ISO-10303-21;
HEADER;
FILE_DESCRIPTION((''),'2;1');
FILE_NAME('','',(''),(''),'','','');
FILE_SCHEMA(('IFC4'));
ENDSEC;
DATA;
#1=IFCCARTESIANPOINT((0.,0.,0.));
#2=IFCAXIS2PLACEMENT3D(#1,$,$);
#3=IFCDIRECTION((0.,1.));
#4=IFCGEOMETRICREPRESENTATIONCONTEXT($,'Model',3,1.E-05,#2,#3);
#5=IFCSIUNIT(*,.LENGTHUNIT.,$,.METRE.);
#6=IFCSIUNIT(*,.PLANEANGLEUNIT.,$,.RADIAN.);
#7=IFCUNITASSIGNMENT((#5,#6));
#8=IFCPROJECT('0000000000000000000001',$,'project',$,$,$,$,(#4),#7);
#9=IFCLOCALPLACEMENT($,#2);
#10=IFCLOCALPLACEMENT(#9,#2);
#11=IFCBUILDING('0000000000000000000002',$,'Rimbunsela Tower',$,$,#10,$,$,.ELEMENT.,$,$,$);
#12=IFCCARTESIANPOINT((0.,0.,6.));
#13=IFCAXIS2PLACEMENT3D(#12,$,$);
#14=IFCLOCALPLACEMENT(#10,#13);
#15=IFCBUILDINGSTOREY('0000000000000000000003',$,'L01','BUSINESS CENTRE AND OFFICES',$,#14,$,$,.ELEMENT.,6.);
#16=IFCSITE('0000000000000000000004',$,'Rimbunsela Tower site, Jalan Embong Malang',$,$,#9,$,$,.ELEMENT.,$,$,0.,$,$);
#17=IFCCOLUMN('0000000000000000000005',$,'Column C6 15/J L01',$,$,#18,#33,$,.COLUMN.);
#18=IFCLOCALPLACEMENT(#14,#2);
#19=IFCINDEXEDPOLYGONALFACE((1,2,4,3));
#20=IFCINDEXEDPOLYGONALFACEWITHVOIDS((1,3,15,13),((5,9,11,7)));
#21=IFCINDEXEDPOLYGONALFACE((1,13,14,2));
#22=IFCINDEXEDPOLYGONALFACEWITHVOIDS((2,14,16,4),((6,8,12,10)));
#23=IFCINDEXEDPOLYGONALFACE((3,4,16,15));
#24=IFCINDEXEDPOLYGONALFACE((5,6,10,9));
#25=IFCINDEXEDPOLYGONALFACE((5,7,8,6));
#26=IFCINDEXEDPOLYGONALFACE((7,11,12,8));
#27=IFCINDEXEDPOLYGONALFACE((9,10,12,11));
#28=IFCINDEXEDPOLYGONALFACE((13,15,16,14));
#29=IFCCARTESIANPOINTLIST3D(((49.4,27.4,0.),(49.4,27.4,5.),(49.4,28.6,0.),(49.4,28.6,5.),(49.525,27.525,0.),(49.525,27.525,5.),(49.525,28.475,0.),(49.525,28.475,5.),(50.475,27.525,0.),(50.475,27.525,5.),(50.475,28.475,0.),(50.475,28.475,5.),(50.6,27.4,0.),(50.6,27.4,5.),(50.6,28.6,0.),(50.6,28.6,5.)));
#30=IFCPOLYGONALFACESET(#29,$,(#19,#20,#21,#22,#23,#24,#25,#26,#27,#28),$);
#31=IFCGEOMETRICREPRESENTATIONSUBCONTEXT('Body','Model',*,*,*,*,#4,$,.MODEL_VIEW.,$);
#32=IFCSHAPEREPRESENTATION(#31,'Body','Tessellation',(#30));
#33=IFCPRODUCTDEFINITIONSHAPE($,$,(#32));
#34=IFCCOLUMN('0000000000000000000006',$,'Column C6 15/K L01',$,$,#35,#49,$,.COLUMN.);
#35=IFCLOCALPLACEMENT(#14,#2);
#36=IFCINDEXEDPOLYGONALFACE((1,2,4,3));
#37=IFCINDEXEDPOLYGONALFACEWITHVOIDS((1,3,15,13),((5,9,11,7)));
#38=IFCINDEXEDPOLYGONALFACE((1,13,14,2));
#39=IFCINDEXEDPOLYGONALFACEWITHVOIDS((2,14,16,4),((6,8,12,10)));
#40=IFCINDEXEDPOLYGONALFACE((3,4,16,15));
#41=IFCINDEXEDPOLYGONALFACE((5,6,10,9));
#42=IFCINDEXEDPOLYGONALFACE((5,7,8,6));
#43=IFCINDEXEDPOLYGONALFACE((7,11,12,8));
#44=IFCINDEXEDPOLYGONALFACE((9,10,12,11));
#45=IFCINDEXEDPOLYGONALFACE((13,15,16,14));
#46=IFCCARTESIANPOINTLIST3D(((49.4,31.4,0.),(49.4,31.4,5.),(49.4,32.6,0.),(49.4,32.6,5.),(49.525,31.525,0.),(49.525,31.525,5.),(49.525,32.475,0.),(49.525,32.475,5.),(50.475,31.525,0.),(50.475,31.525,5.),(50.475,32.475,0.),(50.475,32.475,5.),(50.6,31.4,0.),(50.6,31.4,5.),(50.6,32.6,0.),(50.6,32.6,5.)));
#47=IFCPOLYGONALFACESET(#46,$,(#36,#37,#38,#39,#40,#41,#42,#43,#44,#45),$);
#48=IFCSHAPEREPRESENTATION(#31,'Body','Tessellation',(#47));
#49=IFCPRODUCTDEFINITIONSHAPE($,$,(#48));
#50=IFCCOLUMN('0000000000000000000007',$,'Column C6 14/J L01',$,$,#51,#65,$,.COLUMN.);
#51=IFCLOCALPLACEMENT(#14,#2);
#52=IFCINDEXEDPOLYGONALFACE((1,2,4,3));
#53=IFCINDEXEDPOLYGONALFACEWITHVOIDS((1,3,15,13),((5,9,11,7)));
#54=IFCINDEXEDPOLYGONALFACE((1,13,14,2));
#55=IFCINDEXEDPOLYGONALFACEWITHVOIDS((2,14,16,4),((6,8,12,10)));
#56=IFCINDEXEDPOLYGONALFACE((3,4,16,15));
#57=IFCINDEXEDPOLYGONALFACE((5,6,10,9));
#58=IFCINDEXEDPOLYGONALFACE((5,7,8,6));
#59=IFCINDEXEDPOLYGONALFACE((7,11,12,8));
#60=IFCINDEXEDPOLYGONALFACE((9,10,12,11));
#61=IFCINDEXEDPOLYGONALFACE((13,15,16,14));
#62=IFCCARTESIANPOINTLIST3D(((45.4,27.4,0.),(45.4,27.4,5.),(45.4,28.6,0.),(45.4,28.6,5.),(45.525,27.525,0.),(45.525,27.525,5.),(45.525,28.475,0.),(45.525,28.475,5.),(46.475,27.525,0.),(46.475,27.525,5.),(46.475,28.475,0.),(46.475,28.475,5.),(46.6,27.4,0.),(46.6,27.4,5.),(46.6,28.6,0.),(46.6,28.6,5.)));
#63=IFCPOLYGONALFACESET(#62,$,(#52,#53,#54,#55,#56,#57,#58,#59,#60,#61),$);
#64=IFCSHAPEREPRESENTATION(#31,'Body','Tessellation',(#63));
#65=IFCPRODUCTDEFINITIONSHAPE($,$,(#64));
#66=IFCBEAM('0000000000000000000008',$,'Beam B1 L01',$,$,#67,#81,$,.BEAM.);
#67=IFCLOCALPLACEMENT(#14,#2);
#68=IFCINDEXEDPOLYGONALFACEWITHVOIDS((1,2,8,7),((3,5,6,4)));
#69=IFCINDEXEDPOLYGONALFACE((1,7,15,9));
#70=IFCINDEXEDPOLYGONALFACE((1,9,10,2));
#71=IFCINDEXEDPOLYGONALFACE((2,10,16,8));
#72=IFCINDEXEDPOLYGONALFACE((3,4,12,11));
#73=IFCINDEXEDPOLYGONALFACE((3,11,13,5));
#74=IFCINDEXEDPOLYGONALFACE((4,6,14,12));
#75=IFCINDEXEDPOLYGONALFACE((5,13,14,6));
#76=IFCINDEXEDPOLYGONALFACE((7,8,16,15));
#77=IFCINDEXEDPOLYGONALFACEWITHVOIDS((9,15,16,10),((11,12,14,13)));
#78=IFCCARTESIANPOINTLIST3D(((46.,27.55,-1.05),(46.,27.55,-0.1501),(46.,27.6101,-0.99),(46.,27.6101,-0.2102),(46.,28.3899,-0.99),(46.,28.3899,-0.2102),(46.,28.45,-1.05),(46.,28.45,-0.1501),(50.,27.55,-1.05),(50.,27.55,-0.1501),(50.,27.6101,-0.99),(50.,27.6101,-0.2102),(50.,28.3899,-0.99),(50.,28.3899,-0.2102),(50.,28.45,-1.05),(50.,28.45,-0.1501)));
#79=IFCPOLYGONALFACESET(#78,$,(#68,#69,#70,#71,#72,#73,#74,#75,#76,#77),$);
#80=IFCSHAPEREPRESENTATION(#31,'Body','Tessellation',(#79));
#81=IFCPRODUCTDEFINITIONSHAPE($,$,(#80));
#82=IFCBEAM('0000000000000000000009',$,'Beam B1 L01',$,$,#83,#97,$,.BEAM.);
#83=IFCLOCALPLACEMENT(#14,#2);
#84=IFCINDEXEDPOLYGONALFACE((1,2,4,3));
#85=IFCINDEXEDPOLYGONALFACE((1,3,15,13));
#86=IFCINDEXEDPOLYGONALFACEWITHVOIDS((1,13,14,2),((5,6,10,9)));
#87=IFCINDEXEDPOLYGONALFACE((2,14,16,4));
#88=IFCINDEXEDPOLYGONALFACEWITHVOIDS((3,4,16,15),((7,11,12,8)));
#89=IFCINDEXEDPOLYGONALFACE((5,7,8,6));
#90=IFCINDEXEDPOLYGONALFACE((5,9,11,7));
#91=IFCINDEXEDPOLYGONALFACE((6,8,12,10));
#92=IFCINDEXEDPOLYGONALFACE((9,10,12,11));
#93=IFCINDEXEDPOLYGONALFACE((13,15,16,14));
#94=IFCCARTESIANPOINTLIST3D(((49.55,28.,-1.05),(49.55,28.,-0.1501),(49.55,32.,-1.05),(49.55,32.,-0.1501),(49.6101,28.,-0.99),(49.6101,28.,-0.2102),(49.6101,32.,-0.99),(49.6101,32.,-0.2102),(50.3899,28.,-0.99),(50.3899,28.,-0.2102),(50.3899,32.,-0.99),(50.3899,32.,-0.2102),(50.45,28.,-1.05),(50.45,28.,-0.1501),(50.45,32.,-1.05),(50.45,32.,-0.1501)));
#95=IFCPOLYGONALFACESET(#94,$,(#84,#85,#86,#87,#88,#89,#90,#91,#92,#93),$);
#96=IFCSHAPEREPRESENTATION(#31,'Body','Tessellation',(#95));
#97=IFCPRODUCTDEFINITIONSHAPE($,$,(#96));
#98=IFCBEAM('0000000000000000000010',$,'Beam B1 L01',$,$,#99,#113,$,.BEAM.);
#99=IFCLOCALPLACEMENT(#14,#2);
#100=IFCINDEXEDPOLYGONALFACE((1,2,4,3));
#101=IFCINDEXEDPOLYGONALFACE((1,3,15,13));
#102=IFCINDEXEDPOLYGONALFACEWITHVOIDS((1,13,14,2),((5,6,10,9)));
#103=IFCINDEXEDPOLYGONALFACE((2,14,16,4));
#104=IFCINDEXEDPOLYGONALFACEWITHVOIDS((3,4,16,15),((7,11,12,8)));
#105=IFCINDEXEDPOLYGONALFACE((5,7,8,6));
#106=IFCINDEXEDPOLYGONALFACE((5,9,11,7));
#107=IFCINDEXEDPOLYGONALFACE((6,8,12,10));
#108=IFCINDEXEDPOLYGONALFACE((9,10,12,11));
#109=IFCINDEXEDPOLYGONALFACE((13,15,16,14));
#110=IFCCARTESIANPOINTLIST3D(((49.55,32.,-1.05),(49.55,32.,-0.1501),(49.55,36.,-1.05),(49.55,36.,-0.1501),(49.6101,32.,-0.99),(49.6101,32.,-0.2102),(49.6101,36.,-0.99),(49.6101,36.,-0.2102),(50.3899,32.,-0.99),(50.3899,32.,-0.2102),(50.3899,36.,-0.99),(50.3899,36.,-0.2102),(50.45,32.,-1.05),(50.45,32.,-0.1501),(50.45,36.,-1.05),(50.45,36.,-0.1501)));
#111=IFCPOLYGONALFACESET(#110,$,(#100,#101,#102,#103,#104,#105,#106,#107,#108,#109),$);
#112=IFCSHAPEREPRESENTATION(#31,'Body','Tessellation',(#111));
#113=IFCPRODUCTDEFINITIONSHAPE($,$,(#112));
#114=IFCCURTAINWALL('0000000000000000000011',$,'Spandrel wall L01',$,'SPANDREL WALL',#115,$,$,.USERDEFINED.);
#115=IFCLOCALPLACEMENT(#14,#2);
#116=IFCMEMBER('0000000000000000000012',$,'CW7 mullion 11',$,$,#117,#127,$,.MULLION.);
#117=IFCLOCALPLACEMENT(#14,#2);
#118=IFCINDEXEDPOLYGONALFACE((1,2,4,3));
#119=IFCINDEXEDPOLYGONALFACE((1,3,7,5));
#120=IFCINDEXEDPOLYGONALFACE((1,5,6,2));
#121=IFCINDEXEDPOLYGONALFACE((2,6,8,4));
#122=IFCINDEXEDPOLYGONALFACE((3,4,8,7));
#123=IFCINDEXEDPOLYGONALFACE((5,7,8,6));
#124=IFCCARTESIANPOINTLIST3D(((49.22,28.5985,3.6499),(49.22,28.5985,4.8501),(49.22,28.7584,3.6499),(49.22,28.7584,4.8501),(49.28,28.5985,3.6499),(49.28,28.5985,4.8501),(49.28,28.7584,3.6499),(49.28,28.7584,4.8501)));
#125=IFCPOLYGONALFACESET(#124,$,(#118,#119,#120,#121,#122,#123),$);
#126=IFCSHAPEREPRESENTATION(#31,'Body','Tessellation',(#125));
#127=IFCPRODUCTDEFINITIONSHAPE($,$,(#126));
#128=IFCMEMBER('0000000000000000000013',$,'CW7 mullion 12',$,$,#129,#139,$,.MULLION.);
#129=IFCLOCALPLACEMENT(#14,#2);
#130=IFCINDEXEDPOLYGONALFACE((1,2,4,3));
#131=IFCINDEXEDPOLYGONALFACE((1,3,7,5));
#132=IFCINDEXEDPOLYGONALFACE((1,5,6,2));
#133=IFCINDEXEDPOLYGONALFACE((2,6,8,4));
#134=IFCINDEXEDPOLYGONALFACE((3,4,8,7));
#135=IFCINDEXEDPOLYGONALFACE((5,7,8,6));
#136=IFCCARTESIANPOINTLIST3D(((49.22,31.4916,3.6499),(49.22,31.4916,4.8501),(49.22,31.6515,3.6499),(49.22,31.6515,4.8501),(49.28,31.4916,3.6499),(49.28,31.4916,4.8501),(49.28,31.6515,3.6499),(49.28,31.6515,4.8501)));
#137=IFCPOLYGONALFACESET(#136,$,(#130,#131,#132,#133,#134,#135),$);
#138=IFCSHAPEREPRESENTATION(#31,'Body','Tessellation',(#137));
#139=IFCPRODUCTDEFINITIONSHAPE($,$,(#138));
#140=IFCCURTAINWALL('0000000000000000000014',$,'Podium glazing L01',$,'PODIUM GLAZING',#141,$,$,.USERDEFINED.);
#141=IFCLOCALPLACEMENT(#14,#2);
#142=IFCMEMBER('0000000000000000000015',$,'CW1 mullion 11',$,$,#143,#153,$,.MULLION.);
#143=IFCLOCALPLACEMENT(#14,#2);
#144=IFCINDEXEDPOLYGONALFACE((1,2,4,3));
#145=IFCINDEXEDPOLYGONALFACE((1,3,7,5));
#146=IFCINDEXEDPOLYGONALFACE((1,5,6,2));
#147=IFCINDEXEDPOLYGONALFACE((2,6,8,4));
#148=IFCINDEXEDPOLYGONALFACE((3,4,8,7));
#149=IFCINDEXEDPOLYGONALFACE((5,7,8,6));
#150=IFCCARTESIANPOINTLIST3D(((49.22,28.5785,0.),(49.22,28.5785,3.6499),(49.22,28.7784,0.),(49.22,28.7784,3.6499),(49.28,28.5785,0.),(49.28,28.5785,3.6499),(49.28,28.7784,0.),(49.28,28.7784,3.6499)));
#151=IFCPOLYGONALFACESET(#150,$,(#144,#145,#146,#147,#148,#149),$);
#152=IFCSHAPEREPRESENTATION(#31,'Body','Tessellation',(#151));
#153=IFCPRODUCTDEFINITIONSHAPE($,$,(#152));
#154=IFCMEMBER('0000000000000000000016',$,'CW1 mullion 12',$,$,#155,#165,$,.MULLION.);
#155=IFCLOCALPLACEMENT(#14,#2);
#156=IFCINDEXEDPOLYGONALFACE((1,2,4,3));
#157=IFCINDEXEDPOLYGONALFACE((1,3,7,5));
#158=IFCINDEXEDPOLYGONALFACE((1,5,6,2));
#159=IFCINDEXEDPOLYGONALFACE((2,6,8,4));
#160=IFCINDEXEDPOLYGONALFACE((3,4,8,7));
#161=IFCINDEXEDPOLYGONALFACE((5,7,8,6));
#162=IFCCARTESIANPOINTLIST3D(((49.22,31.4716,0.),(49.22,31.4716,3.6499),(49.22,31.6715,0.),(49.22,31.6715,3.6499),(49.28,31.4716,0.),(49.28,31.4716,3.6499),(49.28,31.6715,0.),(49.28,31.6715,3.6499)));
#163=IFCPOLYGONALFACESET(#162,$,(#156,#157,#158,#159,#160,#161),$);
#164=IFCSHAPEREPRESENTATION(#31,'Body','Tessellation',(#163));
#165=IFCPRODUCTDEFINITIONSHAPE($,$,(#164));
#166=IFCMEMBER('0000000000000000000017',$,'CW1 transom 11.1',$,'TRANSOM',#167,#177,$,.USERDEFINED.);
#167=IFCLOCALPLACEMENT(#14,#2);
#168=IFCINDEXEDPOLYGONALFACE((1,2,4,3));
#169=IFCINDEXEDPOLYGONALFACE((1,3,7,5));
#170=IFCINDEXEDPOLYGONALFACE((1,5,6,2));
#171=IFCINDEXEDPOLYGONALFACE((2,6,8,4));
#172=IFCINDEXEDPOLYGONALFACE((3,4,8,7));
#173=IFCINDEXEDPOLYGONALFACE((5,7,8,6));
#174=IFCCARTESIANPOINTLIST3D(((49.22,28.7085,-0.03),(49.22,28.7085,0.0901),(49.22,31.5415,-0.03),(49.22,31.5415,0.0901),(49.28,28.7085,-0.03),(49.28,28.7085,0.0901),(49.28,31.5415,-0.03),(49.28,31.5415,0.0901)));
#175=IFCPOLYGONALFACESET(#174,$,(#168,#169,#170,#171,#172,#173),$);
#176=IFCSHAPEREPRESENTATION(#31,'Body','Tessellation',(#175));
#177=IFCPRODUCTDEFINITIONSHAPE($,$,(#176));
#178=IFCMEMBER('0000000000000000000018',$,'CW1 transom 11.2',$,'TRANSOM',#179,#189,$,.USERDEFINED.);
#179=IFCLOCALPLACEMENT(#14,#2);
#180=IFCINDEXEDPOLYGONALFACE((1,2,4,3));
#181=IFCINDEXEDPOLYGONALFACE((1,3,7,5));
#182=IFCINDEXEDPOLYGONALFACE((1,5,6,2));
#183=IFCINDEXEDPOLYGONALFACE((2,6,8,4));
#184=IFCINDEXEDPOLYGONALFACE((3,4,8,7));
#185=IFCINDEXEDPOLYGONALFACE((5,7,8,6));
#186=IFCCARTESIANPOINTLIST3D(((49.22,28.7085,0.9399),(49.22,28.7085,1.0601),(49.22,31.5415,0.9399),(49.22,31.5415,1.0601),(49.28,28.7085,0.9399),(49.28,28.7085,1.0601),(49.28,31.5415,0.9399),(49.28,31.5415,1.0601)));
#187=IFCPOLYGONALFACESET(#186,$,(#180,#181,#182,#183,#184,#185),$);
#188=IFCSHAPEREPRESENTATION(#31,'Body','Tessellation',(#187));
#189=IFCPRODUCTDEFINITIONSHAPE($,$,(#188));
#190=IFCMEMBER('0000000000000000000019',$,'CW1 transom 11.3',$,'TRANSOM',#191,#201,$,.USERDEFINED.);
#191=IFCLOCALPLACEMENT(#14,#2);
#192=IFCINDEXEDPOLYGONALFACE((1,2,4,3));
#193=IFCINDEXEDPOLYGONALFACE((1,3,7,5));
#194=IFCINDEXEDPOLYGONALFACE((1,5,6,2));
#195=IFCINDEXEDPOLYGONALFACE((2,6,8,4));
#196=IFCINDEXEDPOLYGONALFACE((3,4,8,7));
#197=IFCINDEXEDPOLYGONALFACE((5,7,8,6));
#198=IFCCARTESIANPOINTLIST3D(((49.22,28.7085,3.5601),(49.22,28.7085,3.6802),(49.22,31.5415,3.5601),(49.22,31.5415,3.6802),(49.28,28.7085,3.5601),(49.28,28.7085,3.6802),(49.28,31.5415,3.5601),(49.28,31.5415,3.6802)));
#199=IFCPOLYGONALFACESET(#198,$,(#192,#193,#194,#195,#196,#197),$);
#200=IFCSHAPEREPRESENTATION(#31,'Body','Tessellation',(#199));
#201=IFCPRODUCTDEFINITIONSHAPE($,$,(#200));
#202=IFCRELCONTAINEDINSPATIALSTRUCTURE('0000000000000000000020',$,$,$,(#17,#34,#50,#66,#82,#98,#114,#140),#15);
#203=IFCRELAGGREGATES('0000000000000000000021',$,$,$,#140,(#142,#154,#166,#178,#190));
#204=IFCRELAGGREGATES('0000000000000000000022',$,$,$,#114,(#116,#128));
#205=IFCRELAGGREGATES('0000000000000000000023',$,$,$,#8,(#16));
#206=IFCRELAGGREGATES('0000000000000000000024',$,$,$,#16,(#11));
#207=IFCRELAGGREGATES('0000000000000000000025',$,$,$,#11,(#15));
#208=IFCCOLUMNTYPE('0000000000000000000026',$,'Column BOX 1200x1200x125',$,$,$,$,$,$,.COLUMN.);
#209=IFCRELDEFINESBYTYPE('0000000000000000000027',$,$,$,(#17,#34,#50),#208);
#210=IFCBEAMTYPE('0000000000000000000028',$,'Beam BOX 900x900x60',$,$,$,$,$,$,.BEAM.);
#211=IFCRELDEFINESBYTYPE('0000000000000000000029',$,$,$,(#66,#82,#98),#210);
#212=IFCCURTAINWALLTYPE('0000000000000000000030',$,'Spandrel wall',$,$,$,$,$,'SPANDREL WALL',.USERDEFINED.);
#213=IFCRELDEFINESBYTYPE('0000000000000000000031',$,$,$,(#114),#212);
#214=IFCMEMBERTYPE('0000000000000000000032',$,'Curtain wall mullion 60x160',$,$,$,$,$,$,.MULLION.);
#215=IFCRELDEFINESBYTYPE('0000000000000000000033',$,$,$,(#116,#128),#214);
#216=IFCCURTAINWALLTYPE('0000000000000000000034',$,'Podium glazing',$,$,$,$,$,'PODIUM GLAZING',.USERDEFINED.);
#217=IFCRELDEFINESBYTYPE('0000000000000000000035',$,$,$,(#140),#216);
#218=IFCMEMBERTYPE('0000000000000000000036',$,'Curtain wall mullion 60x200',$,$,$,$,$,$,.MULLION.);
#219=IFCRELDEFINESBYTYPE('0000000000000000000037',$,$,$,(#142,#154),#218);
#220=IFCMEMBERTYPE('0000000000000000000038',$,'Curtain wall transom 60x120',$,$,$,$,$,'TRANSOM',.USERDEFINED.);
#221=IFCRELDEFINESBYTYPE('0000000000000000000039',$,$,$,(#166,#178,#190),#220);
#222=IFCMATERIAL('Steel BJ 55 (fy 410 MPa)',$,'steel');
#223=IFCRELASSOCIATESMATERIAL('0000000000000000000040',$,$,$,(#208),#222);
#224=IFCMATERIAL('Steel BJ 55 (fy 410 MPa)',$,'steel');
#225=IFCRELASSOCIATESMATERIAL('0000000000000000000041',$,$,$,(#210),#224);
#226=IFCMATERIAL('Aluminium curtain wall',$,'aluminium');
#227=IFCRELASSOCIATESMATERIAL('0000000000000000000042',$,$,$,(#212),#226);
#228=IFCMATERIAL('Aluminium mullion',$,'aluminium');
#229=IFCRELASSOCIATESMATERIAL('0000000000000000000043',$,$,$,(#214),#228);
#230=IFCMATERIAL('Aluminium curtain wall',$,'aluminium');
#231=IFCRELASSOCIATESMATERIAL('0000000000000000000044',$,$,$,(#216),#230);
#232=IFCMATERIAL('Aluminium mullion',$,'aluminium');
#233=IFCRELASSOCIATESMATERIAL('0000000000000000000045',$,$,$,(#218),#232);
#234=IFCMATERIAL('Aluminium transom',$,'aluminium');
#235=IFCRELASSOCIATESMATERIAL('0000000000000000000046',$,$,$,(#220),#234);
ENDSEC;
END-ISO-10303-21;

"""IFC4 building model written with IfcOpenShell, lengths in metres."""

from ifc_helpers import new_model, si_unit, direction, frame, origin, origin_2d, place, context, subcontext, project, spatial, rectangle, hollow_rectangle, extrude, material, material_profile, profile_set, type_object, element, aggregate, save


model = new_model("IFC4")

# Units and contexts
model_context = context("Model", 3, precision=1e-05, world=origin(), true_north=direction((0.0, 1.0)))
body_context = subcontext(model_context, "Body", "Model", "MODEL_VIEW")
ifc_project = project(units=[si_unit("LENGTHUNIT", "METRE"), si_unit("PLANEANGLEUNIT", "RADIAN")], contexts=[model_context])

# Site, building, storey
site_placement = place(None, origin())
site = spatial("IfcSite", under=ifc_project, at=site_placement, Name="Rimbunsela Tower site, Jalan Embong Malang", CompositionType="ELEMENT", RefElevation=0.0)
building_placement = place(site_placement, origin())
building = spatial("IfcBuilding", under=site, at=building_placement, Name="Rimbunsela Tower", CompositionType="ELEMENT")
storey_placement = place(building_placement, frame((0.0, 0.0, 6.0)))
storey = spatial("IfcBuildingStorey", under=building, at=storey_placement, Name="L01", Description="BUSINESS CENTRE AND OFFICES", CompositionType="ELEMENT", Elevation=6.0)

# Columns
ifc_material_1 = material(Name="Steel BJ 55 (fy 410 MPa)", Category="steel")
ifc_material_profile_1 = material_profile(ifc_material_1, hollow_rectangle(XDim=1.2, YDim=1.2, WallThickness=0.125, at=origin_2d()), Name="BOX 1200x1200x125")
ifc_profile_set_1 = profile_set([ifc_material_profile_1], Name="Steel BJ 55 (fy 410 MPa)")
column_type = type_object("IfcColumnType", Name="Column BOX 1200x1200x125", PredefinedType="COLUMN", material=ifc_profile_set_1)
for number, where, z_axis, x_axis, name in (
    (1, (50.0, 28.0, 0.0), (0.0, 0.0, 1.0), (1.0, 0.0, 0.0), "Column C6 15/J L01"),
    (2, (50.0, 32.0, 0.0), (0.0, 0.0, 1.0), (1.0, 0.0, 0.0), "Column C6 15/K L01"),
    (3, (46.0, 28.0, 0.0), (0.0, 0.0, 1.0), (1.0, 0.0, 0.0), "Column C6 14/J L01"),
):
    element("IfcColumn", number, at=place(storey_placement, frame(where, z_axis=z_axis, x_axis=x_axis)), inside=storey, type_object=column_type, Name=name, PredefinedType="COLUMN", context=body_context, shape_type="SweptSolid", body=[
        extrude(hollow_rectangle(XDim=1.2, YDim=1.2, WallThickness=0.125, at=origin_2d()), origin(), (0.0, 0.0, 1.0), 5.0),
    ])

# Beams
ifc_material_2 = material(Name="Steel BJ 55 (fy 410 MPa)", Category="steel")
ifc_material_profile_2 = material_profile(ifc_material_2, hollow_rectangle(XDim=0.8999, YDim=0.8999, WallThickness=0.0601, at=origin_2d()), Name="BOX 900x900x60")
ifc_profile_set_2 = profile_set([ifc_material_profile_2], Name="Steel BJ 55 (fy 410 MPa)")
beam_type = type_object("IfcBeamType", Name="Beam BOX 900x900x60", PredefinedType="BEAM", material=ifc_profile_set_2)
for number, where, z_axis, x_axis, name in (
    (4, (46.0, 28.0, -0.6001), (1.0, 0.0, 0.0), (0.0, 1.0, 0.0), "Beam B1 L01"),
    (5, (50.0, 28.0, -0.6001), (0.0, 1.0, 0.0), (-1.0, 0.0, 0.0), "Beam B1 L01"),
    (6, (50.0, 32.0, -0.6001), (0.0, 1.0, 0.0), (-1.0, 0.0, 0.0), "Beam B1 L01"),
):
    element("IfcBeam", number, at=place(storey_placement, frame(where, z_axis=z_axis, x_axis=x_axis)), inside=storey, type_object=beam_type, Name=name, PredefinedType="BEAM", context=body_context, shape_type="SweptSolid", body=[
        extrude(hollow_rectangle(XDim=0.8999, YDim=0.8999, WallThickness=0.0601, at=origin_2d()), origin(), (0.0, 0.0, 1.0), 4.0),
    ])

# Curtain walls, members
ifc_material_3 = material(Name="Aluminium curtain wall", Category="aluminium")
curtain_wall_type_1 = type_object("IfcCurtainWallType", Name="Spandrel wall", ElementType="SPANDREL WALL", PredefinedType="USERDEFINED", material=ifc_material_3)
curtain_wall_1_placement = place(storey_placement, origin())
curtain_wall_1 = element("IfcCurtainWall", 7, at=curtain_wall_1_placement, inside=storey, type_object=curtain_wall_type_1, Name="Spandrel wall L01", ObjectType="SPANDREL WALL", PredefinedType="USERDEFINED")
ifc_material_4 = material(Name="Aluminium mullion", Category="aluminium")
ifc_material_profile_3 = material_profile(ifc_material_4, rectangle(XDim=0.0601, YDim=0.1599, at=origin_2d()), Name="Mullion 60x160")
ifc_profile_set_3 = profile_set([ifc_material_profile_3], Name="Aluminium mullion")
member_type_1 = type_object("IfcMemberType", Name="Curtain wall mullion 60x160", PredefinedType="MULLION", material=ifc_profile_set_3)
member_1_placement = place(storey_placement, frame((49.25, 28.6785, 3.6499), z_axis=(0.0, 0.0, 1.0), x_axis=(-1.0, 0.0, 0.0)))
member_1 = element("IfcMember", 8, at=member_1_placement, type_object=member_type_1, Name="CW7 mullion 11", PredefinedType="MULLION", context=body_context, shape_type="SweptSolid", body=[
    extrude(rectangle(XDim=0.0601, YDim=0.1599, at=origin_2d()), origin(), (0.0, 0.0, 1.0), 1.2002),
])
member_2_placement = place(storey_placement, frame((49.25, 31.5715, 3.6499), z_axis=(0.0, 0.0, 1.0), x_axis=(-1.0, 0.0, 0.0)))
member_2 = element("IfcMember", 9, at=member_2_placement, type_object=member_type_1, Name="CW7 mullion 12", PredefinedType="MULLION", context=body_context, shape_type="SweptSolid", body=[
    extrude(rectangle(XDim=0.0601, YDim=0.1599, at=origin_2d()), origin(), (0.0, 0.0, 1.0), 1.2002),
])
ifc_material_5 = material(Name="Aluminium curtain wall", Category="aluminium")
curtain_wall_type_2 = type_object("IfcCurtainWallType", Name="Podium glazing", ElementType="PODIUM GLAZING", PredefinedType="USERDEFINED", material=ifc_material_5)
curtain_wall_2_placement = place(storey_placement, origin())
curtain_wall_2 = element("IfcCurtainWall", 10, at=curtain_wall_2_placement, inside=storey, type_object=curtain_wall_type_2, Name="Podium glazing L01", ObjectType="PODIUM GLAZING", PredefinedType="USERDEFINED")
ifc_material_6 = material(Name="Aluminium mullion", Category="aluminium")
ifc_material_profile_4 = material_profile(ifc_material_6, rectangle(XDim=0.0601, YDim=0.2, at=origin_2d()), Name="Mullion 60x200")
ifc_profile_set_4 = profile_set([ifc_material_profile_4], Name="Aluminium mullion")
member_type_2 = type_object("IfcMemberType", Name="Curtain wall mullion 60x200", PredefinedType="MULLION", material=ifc_profile_set_4)
member_3_placement = place(storey_placement, frame((49.25, 28.6785, 0.0), z_axis=(0.0, 0.0, 1.0), x_axis=(-1.0, 0.0, 0.0)))
member_3 = element("IfcMember", 11, at=member_3_placement, type_object=member_type_2, Name="CW1 mullion 11", PredefinedType="MULLION", context=body_context, shape_type="SweptSolid", body=[
    extrude(rectangle(XDim=0.0601, YDim=0.2, at=origin_2d()), origin(), (0.0, 0.0, 1.0), 3.6499),
])
member_4_placement = place(storey_placement, frame((49.25, 31.5715, 0.0), z_axis=(0.0, 0.0, 1.0), x_axis=(-1.0, 0.0, 0.0)))
member_4 = element("IfcMember", 12, at=member_4_placement, type_object=member_type_2, Name="CW1 mullion 12", PredefinedType="MULLION", context=body_context, shape_type="SweptSolid", body=[
    extrude(rectangle(XDim=0.0601, YDim=0.2, at=origin_2d()), origin(), (0.0, 0.0, 1.0), 3.6499),
])
ifc_material_7 = material(Name="Aluminium transom", Category="aluminium")
ifc_material_profile_5 = material_profile(ifc_material_7, rectangle(XDim=0.0601, YDim=0.1201, at=origin_2d()), Name="Transom 60x120")
ifc_profile_set_5 = profile_set([ifc_material_profile_5], Name="Aluminium transom")
member_type_3 = type_object("IfcMemberType", Name="Curtain wall transom 60x120", ElementType="TRANSOM", PredefinedType="USERDEFINED", material=ifc_profile_set_5)
member_5_placement = place(storey_placement, frame((49.25, 28.7085, 0.03), z_axis=(0.0, 1.0, 0.0), x_axis=(-1.0, 0.0, 0.0)))
member_5 = element("IfcMember", 13, at=member_5_placement, type_object=member_type_3, Name="CW1 transom 11.1", ObjectType="TRANSOM", PredefinedType="USERDEFINED", context=body_context, shape_type="SweptSolid", body=[
    extrude(rectangle(XDim=0.0601, YDim=0.1201, at=origin_2d()), origin(), (0.0, 0.0, 1.0), 2.833),
])
member_6_placement = place(storey_placement, frame((49.25, 28.7085, 1.0), z_axis=(0.0, 1.0, 0.0), x_axis=(-1.0, 0.0, 0.0)))
member_6 = element("IfcMember", 14, at=member_6_placement, type_object=member_type_3, Name="CW1 transom 11.2", ObjectType="TRANSOM", PredefinedType="USERDEFINED", context=body_context, shape_type="SweptSolid", body=[
    extrude(rectangle(XDim=0.0601, YDim=0.1201, at=origin_2d()), origin(), (0.0, 0.0, 1.0), 2.833),
])
member_7_placement = place(storey_placement, frame((49.25, 28.7085, 3.6201), z_axis=(0.0, 1.0, 0.0), x_axis=(-1.0, 0.0, 0.0)))
member_7 = element("IfcMember", 15, at=member_7_placement, type_object=member_type_3, Name="CW1 transom 11.3", ObjectType="TRANSOM", PredefinedType="USERDEFINED", context=body_context, shape_type="SweptSolid", body=[
    extrude(rectangle(XDim=0.0601, YDim=0.1201, at=origin_2d()), origin(), (0.0, 0.0, 1.0), 2.833),
])

aggregate(curtain_wall_2, [member_3, member_4, member_5, member_6, member_7])
aggregate(curtain_wall_1, [member_1, member_2])

save(model, "model.ifc")
